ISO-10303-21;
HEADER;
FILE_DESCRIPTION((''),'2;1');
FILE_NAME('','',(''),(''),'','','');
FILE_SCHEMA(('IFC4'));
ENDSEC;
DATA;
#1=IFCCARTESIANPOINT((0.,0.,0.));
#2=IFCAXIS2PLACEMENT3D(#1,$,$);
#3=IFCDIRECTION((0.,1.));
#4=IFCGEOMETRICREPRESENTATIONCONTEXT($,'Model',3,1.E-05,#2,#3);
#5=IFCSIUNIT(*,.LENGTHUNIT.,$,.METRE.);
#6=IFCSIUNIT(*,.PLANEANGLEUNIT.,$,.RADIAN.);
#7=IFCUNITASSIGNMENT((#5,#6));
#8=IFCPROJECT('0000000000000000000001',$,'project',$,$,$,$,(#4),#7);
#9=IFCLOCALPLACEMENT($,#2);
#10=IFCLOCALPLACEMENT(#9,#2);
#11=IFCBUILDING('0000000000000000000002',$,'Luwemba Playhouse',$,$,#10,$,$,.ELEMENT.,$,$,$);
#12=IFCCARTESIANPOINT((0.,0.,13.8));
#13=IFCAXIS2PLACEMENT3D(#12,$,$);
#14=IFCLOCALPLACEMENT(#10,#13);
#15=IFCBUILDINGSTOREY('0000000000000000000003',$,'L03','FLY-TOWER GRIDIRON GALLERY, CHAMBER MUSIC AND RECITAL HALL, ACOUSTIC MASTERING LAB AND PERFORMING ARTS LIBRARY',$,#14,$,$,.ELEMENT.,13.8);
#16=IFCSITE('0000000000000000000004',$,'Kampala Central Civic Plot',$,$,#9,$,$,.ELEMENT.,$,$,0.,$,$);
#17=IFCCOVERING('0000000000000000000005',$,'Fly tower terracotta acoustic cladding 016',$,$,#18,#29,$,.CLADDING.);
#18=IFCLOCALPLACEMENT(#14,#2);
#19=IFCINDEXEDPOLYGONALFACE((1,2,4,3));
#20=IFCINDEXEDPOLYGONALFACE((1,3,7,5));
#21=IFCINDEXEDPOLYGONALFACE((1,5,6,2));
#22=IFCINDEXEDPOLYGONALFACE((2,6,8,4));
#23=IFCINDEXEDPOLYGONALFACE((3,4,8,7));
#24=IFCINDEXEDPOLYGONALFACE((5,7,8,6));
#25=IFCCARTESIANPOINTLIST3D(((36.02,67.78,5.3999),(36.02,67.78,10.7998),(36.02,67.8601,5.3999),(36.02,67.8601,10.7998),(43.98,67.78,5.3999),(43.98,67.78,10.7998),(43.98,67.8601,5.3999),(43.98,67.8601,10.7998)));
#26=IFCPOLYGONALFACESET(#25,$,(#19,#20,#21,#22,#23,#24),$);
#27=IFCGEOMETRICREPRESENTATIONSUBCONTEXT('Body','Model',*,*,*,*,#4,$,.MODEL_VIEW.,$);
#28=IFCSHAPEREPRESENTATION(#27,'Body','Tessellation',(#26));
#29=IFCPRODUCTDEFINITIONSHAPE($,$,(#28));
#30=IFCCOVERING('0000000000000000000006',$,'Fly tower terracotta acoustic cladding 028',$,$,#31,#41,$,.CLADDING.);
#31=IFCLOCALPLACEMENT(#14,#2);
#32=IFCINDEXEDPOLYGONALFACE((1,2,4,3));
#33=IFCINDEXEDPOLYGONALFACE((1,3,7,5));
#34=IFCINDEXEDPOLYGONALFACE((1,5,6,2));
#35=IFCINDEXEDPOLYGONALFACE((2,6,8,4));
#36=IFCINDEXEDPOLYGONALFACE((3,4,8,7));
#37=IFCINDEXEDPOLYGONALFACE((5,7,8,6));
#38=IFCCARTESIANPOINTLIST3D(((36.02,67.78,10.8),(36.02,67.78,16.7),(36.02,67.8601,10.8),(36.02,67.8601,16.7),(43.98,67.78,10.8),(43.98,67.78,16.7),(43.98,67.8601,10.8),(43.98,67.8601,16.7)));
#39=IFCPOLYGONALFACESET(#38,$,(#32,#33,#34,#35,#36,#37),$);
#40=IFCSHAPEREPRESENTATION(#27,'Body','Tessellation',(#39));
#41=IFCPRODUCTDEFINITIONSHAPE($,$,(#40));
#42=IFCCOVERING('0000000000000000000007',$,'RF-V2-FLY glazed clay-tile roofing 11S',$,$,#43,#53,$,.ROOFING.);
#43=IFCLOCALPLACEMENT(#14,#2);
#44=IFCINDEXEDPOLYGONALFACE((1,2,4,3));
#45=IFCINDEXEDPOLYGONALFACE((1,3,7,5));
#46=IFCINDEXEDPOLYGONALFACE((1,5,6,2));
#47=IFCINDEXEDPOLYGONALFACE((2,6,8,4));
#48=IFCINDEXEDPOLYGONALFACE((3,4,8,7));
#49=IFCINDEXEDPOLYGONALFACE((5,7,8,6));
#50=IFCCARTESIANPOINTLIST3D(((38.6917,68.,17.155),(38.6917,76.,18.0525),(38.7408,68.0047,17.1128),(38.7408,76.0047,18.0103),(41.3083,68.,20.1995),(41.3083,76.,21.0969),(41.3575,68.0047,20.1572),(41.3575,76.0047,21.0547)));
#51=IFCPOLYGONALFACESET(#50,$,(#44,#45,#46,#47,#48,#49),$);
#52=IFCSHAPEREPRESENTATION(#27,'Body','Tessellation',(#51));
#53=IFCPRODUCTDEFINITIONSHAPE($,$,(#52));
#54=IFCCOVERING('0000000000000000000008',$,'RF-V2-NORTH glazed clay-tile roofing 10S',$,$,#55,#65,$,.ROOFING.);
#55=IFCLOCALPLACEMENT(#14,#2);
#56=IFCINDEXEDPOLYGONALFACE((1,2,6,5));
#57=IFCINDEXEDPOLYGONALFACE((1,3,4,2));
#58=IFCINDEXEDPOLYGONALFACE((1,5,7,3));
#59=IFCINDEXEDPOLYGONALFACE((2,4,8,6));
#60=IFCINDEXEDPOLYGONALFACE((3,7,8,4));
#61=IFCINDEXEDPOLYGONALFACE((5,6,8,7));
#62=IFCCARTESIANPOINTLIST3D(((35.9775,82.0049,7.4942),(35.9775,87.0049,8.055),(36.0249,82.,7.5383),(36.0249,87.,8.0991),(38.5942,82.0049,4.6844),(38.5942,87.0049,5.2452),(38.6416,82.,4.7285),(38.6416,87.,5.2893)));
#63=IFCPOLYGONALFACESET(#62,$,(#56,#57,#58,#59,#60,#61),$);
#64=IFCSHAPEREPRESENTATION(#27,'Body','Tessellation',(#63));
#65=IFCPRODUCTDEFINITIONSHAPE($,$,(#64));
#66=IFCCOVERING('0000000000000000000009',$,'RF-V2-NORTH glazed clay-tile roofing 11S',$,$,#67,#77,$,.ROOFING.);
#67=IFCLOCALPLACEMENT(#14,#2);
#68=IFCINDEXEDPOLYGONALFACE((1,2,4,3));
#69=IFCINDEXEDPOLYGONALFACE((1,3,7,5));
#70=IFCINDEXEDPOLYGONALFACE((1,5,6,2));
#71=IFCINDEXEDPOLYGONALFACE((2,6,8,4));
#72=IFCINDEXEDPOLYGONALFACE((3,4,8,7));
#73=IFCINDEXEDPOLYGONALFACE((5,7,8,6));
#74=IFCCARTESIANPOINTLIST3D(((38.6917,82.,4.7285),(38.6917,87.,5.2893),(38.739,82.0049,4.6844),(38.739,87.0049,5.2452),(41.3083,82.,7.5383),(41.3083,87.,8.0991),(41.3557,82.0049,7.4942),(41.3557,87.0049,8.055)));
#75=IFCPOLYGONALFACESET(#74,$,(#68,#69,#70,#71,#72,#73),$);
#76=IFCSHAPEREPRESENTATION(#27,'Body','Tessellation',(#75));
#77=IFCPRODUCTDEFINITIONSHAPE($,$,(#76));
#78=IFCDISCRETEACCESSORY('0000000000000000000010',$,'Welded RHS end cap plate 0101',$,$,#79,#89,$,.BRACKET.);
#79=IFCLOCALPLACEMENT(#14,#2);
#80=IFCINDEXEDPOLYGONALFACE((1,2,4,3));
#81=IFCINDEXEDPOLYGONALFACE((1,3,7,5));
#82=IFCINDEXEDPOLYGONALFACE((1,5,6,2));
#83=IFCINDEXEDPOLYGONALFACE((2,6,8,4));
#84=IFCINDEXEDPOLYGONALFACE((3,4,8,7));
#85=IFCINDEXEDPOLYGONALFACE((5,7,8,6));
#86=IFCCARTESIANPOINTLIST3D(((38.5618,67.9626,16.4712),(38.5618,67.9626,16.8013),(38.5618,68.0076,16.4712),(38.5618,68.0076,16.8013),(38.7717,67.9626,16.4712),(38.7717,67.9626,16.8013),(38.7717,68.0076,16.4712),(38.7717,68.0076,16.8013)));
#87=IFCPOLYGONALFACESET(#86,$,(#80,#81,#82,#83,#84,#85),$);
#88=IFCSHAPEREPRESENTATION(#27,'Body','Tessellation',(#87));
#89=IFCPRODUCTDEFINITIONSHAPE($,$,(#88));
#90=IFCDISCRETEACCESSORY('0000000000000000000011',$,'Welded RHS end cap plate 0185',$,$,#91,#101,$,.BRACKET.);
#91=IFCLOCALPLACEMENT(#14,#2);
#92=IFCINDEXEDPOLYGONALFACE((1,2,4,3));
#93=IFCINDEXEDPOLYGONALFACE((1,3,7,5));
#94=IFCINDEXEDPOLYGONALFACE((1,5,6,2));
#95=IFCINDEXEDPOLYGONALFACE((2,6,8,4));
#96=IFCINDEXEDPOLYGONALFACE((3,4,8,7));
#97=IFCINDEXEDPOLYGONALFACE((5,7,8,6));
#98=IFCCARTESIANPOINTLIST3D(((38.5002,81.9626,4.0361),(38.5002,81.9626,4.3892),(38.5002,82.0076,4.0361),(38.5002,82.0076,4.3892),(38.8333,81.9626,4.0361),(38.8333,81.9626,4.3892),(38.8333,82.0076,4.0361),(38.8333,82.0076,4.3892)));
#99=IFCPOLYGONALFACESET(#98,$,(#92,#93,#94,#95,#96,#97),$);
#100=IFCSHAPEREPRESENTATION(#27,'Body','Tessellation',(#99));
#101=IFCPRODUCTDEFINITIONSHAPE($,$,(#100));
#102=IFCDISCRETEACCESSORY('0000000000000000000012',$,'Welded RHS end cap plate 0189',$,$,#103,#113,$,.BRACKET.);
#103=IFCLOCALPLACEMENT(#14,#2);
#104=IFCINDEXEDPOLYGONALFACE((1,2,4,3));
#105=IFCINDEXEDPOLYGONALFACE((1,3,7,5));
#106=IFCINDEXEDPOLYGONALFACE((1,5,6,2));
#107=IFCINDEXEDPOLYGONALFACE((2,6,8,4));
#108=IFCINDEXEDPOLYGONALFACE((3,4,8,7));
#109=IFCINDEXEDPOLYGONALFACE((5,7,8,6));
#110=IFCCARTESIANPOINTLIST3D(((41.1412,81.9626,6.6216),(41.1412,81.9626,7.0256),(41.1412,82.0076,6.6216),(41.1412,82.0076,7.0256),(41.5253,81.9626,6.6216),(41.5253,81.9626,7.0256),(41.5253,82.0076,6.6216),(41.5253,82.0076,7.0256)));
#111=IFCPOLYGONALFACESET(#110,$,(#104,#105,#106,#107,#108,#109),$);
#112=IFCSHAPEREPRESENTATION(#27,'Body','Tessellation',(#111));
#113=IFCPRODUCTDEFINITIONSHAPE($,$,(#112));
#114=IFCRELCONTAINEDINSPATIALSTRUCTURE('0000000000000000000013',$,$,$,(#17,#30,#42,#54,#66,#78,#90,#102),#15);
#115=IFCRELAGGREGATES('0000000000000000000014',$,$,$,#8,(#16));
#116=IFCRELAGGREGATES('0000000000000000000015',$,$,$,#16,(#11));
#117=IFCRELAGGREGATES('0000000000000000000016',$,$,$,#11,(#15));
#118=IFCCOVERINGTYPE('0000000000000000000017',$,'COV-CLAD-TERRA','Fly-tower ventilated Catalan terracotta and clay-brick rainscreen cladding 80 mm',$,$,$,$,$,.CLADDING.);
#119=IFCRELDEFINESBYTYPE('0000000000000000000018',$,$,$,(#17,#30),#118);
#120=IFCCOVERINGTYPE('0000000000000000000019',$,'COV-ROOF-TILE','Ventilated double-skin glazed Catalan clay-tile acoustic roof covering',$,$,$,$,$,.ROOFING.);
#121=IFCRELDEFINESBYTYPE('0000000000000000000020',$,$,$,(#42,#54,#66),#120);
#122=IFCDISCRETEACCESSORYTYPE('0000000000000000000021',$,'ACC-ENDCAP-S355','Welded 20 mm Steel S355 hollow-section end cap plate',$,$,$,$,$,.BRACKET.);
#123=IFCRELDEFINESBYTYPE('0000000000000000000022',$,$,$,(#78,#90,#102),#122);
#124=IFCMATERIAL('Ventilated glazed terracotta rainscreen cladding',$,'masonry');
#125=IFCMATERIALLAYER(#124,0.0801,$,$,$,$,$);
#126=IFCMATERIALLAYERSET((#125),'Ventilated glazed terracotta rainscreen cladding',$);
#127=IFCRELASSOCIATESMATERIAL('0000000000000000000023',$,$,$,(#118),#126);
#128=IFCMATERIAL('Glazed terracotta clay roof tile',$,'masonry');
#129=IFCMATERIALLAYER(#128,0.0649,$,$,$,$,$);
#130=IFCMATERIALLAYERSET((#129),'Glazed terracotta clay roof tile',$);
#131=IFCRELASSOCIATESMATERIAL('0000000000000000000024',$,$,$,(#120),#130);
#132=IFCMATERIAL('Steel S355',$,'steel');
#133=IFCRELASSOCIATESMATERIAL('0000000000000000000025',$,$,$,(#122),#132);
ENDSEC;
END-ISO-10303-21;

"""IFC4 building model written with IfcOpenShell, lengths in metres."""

from ifc_helpers import new_model, si_unit, direction, frame, origin, origin_2d, place, context, subcontext, project, spatial, polyline, rectangle, outline, extrude, material, layer, layer_set, type_object, element, save


model = new_model("IFC4")

# Units and contexts
model_context = context("Model", 3, precision=1e-05, world=origin(), true_north=direction((0.0, 1.0)))
body_context = subcontext(model_context, "Body", "Model", "MODEL_VIEW")
ifc_project = project(units=[si_unit("LENGTHUNIT", "METRE"), si_unit("PLANEANGLEUNIT", "RADIAN")], contexts=[model_context])

# Site, building, storey
site_placement = place(None, origin())
site = spatial("IfcSite", under=ifc_project, at=site_placement, Name="Kampala Central Civic Plot", CompositionType="ELEMENT", RefElevation=0.0)
building_placement = place(site_placement, origin())
building = spatial("IfcBuilding", under=site, at=building_placement, Name="Luwemba Playhouse", CompositionType="ELEMENT")
storey_placement = place(building_placement, frame((0.0, 0.0, 13.8)))
storey = spatial("IfcBuildingStorey", under=building, at=storey_placement, Name="L03", Description="FLY-TOWER GRIDIRON GALLERY, CHAMBER MUSIC AND RECITAL HALL, ACOUSTIC MASTERING LAB AND PERFORMING ARTS LIBRARY", CompositionType="ELEMENT", Elevation=13.8)

# Shared definitions
ifc_material_1 = material(Name="Steel S355", Category="steel")

# Coverings
ifc_material_2 = material(Name="Ventilated glazed terracotta rainscreen cladding", Category="masonry")
ifc_layer_1 = layer(ifc_material_2, 0.0801)
ifc_layer_set_1 = layer_set([ifc_layer_1], Name="Ventilated glazed terracotta rainscreen cladding")
covering_type_1 = type_object("IfcCoveringType", Name="COV-CLAD-TERRA", Description="Fly-tower ventilated Catalan terracotta and clay-brick rainscreen cladding 80 mm", PredefinedType="CLADDING", material=ifc_layer_set_1)
for number, where, z_axis, x_axis, name in (
    (1, (40.0, 67.8201, 5.3999), (0.0, 0.0, 1.0), (1.0, 0.0, 0.0), "Fly tower terracotta acoustic cladding 016"),
):
    element("IfcCovering", number, at=place(storey_placement, frame(where, z_axis=z_axis, x_axis=x_axis)), inside=storey, type_object=covering_type_1, Name=name, PredefinedType="CLADDING", context=body_context, shape_type="SweptSolid", body=[
        extrude(rectangle(XDim=7.96, YDim=0.0801, at=origin_2d()), origin(), (0.0, 0.0, 1.0), 5.3999),
    ])
covering_1_placement = place(storey_placement, frame((40.0, 67.8201, 10.8), z_axis=(0.0, 0.0, 1.0), x_axis=(1.0, 0.0, 0.0)))
element("IfcCovering", 2, at=covering_1_placement, inside=storey, type_object=covering_type_1, Name="Fly tower terracotta acoustic cladding 028", PredefinedType="CLADDING", context=body_context, shape_type="SweptSolid", body=[
    extrude(rectangle(XDim=7.96, YDim=0.0801, at=origin_2d()), origin(), (0.0, 0.0, 1.0), 5.8999),
])
ifc_material_3 = material(Name="Glazed terracotta clay roof tile", Category="masonry")
ifc_layer_2 = layer(ifc_material_3, 0.0649)
ifc_layer_set_2 = layer_set([ifc_layer_2], Name="Glazed terracotta clay roof tile")
covering_type_2 = type_object("IfcCoveringType", Name="COV-ROOF-TILE", Description="Ventilated double-skin glazed Catalan clay-tile acoustic roof covering", PredefinedType="ROOFING", material=ifc_layer_set_2)
covering_2_placement = place(storey_placement, frame((38.6917, 68.0, 17.155), z_axis=(-0.756352, -0.072928, 0.650087), x_axis=(0.651822, 0.0, 0.758372)))
element("IfcCovering", 3, at=covering_2_placement, inside=storey, type_object=covering_type_2, Name="RF-V2-FLY glazed clay-tile roofing 11S", PredefinedType="ROOFING", context=body_context, shape_type="SweptSolid", body=[
    extrude(outline(polyline([(0.0, 0.0), (4.0144, 0.0), (4.695, 8.0214), (0.6806, 8.0214), (0.0, 0.0)])), origin(), (0.0, 0.0, -1.0), 0.0649),
])
covering_3_placement = place(storey_placement, frame((36.0249, 82.0, 7.5383), z_axis=(0.729679, -0.076215, 0.679529), x_axis=(0.681511, 0.0, -0.731808)))
element("IfcCovering", 4, at=covering_3_placement, inside=storey, type_object=covering_type_2, Name="RF-V2-NORTH glazed clay-tile roofing 10S", PredefinedType="ROOFING", context=body_context, shape_type="SweptSolid", body=[
    extrude(outline(polyline([(0.0, 0.0), (3.8396, 0.0), (3.4292, 5.0146), (-0.4104, 5.0146), (0.0, 0.0)])), origin(), (0.0, 0.0, -1.0), 0.0649),
])
covering_4_placement = place(storey_placement, frame((38.6917, 82.0, 4.7285), z_axis=(-0.729679, -0.076215, 0.679529), x_axis=(0.681511, 0.0, 0.731808)))
element("IfcCovering", 5, at=covering_4_placement, inside=storey, type_object=covering_type_2, Name="RF-V2-NORTH glazed clay-tile roofing 11S", PredefinedType="ROOFING", context=body_context, shape_type="SweptSolid", body=[
    extrude(outline(polyline([(0.0, 0.0), (3.8396, 0.0), (4.2499, 5.0146), (0.4104, 5.0146), (0.0, 0.0)])), origin(), (0.0, 0.0, -1.0), 0.0649),
])

# Discrete accessories
discrete_accessory_type = type_object("IfcDiscreteAccessoryType", Name="ACC-ENDCAP-S355", Description="Welded 20 mm Steel S355 hollow-section end cap plate", PredefinedType="BRACKET", material=ifc_material_1)
discrete_accessory_1_placement = place(storey_placement, frame((38.6667, 67.9851, 16.4712), z_axis=(0.0, 0.0, 1.0), x_axis=(1.0, 0.0, 0.0)))
element("IfcDiscreteAccessory", 6, at=discrete_accessory_1_placement, inside=storey, type_object=discrete_accessory_type, Name="Welded RHS end cap plate 0101", PredefinedType="BRACKET", context=body_context, shape_type="SweptSolid", body=[
    extrude(rectangle(XDim=0.21, YDim=0.0449, at=origin_2d()), origin(), (0.0, 0.0, 1.0), 0.3301),
])
discrete_accessory_2_placement = place(storey_placement, frame((38.6667, 81.9851, 4.0361), z_axis=(0.0, 0.0, 1.0), x_axis=(1.0, 0.0, 0.0)))
element("IfcDiscreteAccessory", 7, at=discrete_accessory_2_placement, inside=storey, type_object=discrete_accessory_type, Name="Welded RHS end cap plate 0185", PredefinedType="BRACKET", context=body_context, shape_type="SweptSolid", body=[
    extrude(rectangle(XDim=0.333, YDim=0.0449, at=origin_2d()), origin(), (0.0, 0.0, 1.0), 0.353),
])
discrete_accessory_3_placement = place(storey_placement, frame((41.3333, 81.9851, 6.6216), z_axis=(0.0, 0.0, 1.0), x_axis=(1.0, 0.0, 0.0)))
element("IfcDiscreteAccessory", 8, at=discrete_accessory_3_placement, inside=storey, type_object=discrete_accessory_type, Name="Welded RHS end cap plate 0189", PredefinedType="BRACKET", context=body_context, shape_type="SweptSolid", body=[
    extrude(rectangle(XDim=0.384, YDim=0.0449, at=origin_2d()), origin(), (0.0, 0.0, 1.0), 0.4041),
])

save(model, "model.ifc")
